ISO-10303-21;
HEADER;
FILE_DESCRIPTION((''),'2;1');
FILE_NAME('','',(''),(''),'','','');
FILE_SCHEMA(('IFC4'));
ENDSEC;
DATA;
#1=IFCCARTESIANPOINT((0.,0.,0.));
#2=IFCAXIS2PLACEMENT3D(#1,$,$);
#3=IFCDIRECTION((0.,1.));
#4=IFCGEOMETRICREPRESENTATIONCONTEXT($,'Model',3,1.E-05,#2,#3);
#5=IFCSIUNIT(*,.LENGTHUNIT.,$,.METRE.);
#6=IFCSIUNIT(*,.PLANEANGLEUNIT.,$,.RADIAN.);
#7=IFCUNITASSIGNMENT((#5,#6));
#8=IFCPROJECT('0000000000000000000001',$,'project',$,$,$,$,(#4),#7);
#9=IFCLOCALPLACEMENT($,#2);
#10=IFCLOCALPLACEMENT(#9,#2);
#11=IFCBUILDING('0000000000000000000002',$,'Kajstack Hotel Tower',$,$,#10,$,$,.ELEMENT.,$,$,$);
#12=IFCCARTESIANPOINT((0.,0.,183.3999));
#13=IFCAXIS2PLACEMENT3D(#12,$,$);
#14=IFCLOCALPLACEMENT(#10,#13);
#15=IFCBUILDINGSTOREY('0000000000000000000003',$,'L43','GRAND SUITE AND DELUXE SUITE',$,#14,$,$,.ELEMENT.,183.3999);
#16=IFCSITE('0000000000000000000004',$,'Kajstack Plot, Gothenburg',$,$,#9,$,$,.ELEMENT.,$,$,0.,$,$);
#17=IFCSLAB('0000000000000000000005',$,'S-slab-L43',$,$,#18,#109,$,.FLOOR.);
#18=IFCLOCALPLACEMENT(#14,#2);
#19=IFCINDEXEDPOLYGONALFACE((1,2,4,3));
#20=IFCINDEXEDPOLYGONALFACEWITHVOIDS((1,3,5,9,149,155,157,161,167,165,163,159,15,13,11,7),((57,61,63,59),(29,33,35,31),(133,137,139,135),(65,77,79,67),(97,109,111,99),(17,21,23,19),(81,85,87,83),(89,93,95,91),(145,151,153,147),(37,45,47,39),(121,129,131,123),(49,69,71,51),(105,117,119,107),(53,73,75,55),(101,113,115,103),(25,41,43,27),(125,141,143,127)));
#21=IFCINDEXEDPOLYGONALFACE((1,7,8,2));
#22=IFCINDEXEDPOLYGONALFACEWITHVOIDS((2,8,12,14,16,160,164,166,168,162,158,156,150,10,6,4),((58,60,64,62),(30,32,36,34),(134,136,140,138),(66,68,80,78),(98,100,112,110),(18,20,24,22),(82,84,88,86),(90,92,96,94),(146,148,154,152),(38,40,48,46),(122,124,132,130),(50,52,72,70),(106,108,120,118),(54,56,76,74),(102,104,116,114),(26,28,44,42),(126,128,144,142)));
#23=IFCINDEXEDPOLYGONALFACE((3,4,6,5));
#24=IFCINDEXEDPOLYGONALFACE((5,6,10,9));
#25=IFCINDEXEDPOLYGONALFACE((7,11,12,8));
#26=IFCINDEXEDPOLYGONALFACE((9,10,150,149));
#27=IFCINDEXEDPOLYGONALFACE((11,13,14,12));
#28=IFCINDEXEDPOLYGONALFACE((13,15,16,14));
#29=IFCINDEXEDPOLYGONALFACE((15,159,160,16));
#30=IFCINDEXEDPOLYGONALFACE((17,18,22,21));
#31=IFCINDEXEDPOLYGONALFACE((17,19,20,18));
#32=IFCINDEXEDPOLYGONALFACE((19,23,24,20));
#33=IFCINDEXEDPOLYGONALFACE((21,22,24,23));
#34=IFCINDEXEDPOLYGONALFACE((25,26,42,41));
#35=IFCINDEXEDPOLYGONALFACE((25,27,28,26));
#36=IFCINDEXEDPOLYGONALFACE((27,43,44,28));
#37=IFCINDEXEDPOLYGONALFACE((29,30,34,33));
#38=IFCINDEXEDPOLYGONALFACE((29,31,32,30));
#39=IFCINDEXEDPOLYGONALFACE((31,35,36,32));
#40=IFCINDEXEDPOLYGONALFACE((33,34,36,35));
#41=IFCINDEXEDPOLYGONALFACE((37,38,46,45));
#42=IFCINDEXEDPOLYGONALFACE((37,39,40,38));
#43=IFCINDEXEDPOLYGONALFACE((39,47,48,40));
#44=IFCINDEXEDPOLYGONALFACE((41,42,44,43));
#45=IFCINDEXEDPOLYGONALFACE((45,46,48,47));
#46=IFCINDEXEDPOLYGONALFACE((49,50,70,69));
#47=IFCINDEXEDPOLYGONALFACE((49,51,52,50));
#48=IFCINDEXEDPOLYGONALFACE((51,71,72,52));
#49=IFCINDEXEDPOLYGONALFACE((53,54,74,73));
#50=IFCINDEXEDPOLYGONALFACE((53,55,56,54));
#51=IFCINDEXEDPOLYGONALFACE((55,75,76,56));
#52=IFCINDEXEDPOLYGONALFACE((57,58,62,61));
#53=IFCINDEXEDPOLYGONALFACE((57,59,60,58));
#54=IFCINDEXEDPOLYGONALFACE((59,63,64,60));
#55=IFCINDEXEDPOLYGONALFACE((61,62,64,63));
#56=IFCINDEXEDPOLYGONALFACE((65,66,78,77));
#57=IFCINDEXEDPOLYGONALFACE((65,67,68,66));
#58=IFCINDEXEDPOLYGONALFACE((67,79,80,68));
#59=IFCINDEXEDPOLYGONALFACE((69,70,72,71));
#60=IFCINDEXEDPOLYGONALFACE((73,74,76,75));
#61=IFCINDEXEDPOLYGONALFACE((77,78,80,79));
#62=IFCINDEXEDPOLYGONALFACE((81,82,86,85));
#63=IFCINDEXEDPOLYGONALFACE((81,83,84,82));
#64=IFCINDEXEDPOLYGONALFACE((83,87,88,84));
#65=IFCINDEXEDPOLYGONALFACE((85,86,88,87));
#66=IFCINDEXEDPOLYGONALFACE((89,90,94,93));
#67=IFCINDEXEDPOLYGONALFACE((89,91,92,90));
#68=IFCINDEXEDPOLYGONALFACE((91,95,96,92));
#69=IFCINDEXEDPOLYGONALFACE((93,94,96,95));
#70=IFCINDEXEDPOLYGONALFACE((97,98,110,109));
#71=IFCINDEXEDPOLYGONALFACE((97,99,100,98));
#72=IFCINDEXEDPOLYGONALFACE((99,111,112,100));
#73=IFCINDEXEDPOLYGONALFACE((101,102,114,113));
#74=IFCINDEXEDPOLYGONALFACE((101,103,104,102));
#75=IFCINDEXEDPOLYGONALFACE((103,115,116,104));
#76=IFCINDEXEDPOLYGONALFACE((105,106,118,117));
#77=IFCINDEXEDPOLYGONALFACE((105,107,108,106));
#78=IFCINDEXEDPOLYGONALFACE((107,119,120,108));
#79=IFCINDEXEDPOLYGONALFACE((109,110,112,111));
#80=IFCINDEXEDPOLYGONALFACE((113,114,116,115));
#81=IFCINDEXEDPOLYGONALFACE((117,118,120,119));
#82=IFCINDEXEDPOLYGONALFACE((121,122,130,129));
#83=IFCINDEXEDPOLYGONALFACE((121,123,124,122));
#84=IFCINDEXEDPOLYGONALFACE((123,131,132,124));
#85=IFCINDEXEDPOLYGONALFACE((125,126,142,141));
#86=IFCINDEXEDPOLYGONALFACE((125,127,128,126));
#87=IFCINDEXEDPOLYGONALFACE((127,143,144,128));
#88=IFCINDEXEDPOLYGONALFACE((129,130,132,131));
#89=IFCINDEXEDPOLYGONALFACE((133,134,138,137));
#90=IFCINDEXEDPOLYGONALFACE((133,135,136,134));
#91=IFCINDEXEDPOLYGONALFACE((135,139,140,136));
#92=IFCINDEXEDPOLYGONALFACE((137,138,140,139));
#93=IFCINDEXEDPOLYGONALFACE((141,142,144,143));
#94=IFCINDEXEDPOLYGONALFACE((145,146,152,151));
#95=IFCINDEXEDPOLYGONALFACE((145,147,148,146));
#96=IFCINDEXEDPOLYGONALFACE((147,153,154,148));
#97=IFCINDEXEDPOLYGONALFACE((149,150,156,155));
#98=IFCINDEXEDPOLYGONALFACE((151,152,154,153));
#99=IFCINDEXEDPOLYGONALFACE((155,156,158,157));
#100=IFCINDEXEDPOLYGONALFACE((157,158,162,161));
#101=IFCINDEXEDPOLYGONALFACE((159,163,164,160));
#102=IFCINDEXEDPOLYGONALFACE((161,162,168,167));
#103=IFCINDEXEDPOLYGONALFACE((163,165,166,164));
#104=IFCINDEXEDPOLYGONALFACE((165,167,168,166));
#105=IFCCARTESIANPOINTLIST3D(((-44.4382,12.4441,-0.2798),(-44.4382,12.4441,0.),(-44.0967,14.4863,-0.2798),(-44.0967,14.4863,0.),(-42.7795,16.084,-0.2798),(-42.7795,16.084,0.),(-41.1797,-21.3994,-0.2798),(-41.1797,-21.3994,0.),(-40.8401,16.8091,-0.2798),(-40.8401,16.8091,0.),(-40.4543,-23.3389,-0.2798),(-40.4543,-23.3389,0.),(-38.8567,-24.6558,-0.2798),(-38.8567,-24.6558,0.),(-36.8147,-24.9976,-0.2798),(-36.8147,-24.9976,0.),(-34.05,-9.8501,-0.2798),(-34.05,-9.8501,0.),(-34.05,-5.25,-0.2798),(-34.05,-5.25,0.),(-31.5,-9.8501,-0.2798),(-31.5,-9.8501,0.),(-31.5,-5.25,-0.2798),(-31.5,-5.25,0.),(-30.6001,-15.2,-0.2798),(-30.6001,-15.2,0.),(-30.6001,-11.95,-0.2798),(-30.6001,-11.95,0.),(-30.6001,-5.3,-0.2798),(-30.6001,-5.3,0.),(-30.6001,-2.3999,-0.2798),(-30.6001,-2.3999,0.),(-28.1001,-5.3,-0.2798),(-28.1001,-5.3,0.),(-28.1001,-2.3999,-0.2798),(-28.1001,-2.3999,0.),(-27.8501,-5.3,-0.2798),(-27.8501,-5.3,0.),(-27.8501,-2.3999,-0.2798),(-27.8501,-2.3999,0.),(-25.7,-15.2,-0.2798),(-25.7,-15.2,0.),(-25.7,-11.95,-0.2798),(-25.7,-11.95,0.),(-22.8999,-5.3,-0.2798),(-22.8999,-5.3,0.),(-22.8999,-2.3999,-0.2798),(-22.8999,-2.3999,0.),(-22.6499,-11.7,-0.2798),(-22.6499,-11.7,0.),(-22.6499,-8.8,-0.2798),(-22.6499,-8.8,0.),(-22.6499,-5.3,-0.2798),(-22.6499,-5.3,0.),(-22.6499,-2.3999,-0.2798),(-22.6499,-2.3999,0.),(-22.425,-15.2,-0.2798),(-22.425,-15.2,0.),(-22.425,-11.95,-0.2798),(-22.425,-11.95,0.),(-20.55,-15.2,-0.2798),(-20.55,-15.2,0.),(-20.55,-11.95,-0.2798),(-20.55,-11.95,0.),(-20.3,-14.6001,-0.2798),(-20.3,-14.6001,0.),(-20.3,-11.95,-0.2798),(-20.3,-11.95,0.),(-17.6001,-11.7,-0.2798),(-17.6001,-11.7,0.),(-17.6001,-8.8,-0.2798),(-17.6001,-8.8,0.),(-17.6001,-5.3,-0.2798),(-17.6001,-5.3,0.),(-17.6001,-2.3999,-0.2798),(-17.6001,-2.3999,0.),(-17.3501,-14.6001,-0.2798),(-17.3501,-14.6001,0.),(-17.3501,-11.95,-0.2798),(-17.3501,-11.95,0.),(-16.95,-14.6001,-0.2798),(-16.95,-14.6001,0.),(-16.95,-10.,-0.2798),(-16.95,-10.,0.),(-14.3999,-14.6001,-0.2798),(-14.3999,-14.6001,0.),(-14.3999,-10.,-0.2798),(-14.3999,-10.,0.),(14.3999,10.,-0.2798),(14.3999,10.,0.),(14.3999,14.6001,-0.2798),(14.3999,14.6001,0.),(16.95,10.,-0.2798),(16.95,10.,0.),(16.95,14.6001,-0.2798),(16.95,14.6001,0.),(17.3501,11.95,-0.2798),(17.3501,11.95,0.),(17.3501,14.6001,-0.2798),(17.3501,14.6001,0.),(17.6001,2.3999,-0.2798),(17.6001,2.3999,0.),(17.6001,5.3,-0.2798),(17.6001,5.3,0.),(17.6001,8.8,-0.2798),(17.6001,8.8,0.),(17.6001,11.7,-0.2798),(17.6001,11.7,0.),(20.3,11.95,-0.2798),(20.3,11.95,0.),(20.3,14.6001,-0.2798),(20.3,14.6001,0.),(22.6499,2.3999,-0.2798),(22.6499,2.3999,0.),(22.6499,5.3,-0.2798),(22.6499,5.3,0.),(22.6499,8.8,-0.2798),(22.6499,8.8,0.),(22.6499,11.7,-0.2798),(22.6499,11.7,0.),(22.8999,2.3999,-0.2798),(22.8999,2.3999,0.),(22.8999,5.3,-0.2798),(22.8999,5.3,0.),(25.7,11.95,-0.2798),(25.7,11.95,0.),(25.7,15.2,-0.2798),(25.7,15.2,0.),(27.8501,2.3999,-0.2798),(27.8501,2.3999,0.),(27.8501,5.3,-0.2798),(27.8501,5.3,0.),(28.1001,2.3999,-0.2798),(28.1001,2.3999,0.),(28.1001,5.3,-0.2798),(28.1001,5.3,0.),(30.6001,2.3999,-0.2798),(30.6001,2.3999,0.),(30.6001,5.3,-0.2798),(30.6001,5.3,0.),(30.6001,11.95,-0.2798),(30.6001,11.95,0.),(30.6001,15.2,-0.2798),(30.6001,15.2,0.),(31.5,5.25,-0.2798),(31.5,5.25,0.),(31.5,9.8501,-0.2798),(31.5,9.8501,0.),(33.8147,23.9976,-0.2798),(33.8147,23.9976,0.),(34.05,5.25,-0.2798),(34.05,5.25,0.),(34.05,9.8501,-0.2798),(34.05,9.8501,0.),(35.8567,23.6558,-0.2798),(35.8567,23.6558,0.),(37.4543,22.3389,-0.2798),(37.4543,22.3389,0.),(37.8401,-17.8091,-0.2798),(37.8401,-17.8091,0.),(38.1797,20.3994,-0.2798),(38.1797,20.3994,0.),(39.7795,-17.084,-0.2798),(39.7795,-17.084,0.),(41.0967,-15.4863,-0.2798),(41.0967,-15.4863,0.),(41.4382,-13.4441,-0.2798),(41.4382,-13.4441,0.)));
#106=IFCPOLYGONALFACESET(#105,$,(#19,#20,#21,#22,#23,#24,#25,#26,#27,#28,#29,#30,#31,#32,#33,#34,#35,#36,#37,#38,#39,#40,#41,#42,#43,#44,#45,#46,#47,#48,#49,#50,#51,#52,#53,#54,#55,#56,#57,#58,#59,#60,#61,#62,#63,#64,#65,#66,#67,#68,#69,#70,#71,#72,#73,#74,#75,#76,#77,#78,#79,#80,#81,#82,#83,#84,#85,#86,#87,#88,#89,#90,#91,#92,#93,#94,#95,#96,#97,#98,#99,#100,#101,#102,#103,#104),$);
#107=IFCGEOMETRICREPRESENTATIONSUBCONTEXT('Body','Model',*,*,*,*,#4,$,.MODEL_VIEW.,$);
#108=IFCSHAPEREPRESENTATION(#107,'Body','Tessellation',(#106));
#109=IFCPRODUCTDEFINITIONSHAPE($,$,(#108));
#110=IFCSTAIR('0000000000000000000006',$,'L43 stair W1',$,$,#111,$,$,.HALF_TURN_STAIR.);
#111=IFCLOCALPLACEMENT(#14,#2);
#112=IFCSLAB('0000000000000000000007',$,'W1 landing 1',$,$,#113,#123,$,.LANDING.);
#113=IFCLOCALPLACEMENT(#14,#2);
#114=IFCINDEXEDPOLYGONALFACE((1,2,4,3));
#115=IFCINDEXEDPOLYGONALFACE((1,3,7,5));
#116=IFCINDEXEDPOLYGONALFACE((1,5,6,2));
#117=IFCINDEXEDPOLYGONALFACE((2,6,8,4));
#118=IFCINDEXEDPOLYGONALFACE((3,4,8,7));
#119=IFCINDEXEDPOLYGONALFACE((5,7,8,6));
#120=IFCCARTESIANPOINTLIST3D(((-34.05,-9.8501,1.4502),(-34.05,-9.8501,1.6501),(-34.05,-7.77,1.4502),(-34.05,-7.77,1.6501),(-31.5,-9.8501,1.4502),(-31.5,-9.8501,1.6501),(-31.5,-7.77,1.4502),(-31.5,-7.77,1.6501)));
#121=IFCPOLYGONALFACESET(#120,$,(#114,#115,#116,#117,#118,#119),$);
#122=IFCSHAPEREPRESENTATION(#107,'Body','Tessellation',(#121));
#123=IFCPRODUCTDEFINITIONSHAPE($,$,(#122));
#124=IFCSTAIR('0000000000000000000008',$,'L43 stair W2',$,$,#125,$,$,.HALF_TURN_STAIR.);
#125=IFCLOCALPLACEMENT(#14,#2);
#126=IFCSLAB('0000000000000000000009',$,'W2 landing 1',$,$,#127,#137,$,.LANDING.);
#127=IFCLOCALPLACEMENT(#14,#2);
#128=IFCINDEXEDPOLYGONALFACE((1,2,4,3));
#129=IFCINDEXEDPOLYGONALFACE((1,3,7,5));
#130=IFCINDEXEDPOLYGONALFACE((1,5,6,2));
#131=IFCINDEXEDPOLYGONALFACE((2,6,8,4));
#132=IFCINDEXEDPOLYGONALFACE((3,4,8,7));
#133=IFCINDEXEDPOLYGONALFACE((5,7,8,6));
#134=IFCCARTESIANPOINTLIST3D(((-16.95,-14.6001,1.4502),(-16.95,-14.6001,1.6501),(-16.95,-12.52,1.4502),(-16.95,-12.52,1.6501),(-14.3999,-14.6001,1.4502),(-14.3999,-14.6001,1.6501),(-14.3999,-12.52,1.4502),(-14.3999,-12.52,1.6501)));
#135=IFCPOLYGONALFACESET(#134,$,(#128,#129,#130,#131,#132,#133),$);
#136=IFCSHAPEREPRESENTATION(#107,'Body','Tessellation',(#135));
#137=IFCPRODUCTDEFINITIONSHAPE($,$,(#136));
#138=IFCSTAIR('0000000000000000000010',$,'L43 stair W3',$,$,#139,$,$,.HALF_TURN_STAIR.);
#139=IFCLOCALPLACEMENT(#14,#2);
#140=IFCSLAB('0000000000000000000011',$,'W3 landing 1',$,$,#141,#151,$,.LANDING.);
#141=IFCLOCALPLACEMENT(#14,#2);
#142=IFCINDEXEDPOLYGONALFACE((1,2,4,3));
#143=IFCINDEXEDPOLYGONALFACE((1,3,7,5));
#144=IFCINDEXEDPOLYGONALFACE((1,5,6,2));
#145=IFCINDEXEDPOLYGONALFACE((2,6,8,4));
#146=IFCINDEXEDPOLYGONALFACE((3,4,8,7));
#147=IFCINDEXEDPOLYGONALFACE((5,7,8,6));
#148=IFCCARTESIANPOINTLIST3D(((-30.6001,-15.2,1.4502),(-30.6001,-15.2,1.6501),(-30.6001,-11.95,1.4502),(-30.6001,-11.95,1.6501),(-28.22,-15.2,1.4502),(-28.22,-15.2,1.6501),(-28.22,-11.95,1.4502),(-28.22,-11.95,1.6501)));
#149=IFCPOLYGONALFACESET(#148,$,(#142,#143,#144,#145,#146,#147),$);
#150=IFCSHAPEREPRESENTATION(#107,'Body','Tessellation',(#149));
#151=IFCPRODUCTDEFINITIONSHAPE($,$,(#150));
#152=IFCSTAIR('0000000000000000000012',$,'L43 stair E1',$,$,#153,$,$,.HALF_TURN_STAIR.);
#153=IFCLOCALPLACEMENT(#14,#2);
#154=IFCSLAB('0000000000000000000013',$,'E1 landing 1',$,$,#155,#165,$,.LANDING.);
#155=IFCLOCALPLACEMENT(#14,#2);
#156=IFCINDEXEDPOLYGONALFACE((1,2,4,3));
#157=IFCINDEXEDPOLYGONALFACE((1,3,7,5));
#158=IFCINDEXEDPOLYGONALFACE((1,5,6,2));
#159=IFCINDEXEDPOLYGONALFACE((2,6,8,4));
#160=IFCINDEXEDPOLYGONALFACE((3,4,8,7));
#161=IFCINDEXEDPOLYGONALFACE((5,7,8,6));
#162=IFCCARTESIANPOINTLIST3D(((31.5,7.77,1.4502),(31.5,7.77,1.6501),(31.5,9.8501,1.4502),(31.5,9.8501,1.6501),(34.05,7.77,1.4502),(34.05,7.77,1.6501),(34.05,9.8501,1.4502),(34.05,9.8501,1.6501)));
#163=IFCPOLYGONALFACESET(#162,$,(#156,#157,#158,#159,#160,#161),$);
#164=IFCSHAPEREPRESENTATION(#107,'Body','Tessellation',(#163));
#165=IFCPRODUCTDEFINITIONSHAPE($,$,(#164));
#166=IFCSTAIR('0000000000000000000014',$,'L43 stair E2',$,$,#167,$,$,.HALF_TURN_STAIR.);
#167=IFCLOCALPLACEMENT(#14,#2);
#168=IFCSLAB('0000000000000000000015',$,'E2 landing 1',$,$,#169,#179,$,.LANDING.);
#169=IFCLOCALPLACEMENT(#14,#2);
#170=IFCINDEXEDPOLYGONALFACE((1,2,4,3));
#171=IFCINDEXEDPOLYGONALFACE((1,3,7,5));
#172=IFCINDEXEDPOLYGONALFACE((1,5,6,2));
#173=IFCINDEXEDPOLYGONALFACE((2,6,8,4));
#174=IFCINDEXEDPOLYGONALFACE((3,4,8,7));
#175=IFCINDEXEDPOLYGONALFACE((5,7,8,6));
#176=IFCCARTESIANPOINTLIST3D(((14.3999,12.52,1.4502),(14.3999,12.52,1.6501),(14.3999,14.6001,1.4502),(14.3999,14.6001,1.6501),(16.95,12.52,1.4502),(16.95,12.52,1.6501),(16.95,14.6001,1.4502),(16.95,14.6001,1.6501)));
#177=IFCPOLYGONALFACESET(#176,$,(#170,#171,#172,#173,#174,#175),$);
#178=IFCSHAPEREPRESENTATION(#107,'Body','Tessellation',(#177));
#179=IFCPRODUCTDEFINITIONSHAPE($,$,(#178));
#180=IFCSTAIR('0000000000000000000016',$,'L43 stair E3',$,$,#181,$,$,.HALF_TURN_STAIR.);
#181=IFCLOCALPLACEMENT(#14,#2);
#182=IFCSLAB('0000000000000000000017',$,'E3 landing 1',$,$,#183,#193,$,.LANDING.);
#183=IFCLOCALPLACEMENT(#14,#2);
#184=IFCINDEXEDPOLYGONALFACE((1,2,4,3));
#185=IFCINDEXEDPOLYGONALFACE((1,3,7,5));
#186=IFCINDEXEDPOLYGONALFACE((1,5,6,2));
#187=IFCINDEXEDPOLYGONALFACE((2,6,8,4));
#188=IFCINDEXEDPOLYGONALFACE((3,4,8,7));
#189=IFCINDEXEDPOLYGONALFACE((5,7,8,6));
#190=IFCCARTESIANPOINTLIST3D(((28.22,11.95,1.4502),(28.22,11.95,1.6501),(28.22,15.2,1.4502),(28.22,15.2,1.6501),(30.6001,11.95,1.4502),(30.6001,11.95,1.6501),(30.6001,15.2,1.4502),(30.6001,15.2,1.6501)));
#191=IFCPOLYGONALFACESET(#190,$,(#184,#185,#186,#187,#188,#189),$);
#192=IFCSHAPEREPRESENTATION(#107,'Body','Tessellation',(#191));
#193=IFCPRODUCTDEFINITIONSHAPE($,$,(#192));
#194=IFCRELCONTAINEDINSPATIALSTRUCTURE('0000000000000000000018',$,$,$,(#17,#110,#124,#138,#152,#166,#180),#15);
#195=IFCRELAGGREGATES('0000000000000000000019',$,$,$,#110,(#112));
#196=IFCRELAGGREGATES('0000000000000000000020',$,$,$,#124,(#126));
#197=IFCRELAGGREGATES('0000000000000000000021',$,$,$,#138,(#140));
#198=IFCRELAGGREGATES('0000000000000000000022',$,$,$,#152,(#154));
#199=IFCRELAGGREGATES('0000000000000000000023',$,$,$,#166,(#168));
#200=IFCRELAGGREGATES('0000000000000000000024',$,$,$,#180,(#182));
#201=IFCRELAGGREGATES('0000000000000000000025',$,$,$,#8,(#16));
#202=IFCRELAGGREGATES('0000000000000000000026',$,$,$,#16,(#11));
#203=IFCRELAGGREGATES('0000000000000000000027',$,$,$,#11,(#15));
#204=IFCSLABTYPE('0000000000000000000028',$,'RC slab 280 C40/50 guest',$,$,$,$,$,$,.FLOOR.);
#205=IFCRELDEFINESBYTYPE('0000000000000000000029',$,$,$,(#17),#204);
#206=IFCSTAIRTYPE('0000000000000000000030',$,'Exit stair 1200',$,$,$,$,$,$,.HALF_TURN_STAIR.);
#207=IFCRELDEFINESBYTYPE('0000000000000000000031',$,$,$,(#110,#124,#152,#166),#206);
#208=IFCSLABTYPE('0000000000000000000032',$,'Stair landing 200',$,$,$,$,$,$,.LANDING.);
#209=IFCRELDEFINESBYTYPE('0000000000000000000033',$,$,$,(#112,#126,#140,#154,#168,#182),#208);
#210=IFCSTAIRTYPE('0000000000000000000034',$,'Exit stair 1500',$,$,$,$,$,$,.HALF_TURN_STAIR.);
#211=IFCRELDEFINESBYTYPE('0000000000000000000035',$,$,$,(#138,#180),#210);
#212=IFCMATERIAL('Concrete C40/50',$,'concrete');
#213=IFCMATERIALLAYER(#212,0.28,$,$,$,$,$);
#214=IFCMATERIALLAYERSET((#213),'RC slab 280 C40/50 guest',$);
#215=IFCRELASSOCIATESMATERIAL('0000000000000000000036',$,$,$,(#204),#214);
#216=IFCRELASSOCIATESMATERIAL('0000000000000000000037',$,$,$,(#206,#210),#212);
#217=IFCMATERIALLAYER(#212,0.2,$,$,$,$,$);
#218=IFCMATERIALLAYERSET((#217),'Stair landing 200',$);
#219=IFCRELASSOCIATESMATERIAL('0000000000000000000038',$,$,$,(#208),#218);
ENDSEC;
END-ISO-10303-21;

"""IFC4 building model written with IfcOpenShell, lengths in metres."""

from ifc_helpers import new_model, si_unit, direction, frame, origin, place, context, subcontext, project, spatial, polyline, outline, extrude, material, layer, layer_set, type_object, element, aggregate, save


model = new_model("IFC4")

# Units and contexts
model_context = context("Model", 3, precision=1e-05, world=origin(), true_north=direction((0.0, 1.0)))
body_context = subcontext(model_context, "Body", "Model", "MODEL_VIEW")
ifc_project = project(units=[si_unit("LENGTHUNIT", "METRE"), si_unit("PLANEANGLEUNIT", "RADIAN")], contexts=[model_context])

# Site, building, storey
site_placement = place(None, origin())
site = spatial("IfcSite", under=ifc_project, at=site_placement, Name="Kajstack Plot, Gothenburg", CompositionType="ELEMENT", RefElevation=0.0)
building_placement = place(site_placement, origin())
building = spatial("IfcBuilding", under=site, at=building_placement, Name="Kajstack Hotel Tower", CompositionType="ELEMENT")
storey_placement = place(building_placement, frame((0.0, 0.0, 183.3999)))
storey = spatial("IfcBuildingStorey", under=building, at=storey_placement, Name="L43", Description="GRAND SUITE AND DELUXE SUITE", CompositionType="ELEMENT", Elevation=183.3999)

# Slab
ifc_material_1 = material(Name="Concrete C40/50", Category="concrete")
ifc_layer_1 = layer(ifc_material_1, 0.28)
ifc_layer_set_1 = layer_set([ifc_layer_1], Name="RC slab 280 C40/50 guest")
slab_type_1 = type_object("IfcSlabType", Name="RC slab 280 C40/50 guest", PredefinedType="FLOOR", material=ifc_layer_set_1)
slab_1_placement = place(storey_placement, frame((0.0, 0.0, -0.2798)))
element("IfcSlab", 1, at=slab_1_placement, inside=storey, type_object=slab_type_1, Name="S-slab-L43", PredefinedType="FLOOR", context=body_context, shape_type="SweptSolid", body=[
    extrude(outline(polyline([(-44.4382, 12.4441), (-41.1797, -21.3994), (-40.4543, -23.3389), (-38.8567, -24.6558), (-36.8147, -24.9976), (37.8401, -17.8091), (39.7795, -17.084), (41.0967, -15.4863), (41.4382, -13.4441), (38.1797, 20.3994), (37.4543, 22.3389), (35.8567, 23.6558), (33.8147, 23.9976), (-40.8401, 16.8091), (-42.7795, 16.084), (-44.0967, 14.4863), (-44.4382, 12.4441)]), holes=[polyline([(-22.6499, -11.7), (-22.6499, -8.8), (-17.6001, -8.8), (-17.6001, -11.7), (-22.6499, -11.7)]), polyline([(-27.8501, -5.3), (-27.8501, -2.3999), (-22.8999, -2.3999), (-22.8999, -5.3), (-27.8501, -5.3)]), polyline([(-22.6499, -5.3), (-22.6499, -2.3999), (-17.6001, -2.3999), (-17.6001, -5.3), (-22.6499, -5.3)]), polyline([(-20.3, -14.6001), (-17.3501, -14.6001), (-17.3501, -11.95), (-20.3, -11.95), (-20.3, -14.6001)]), polyline([(-30.6001, -5.3), (-28.1001, -5.3), (-28.1001, -2.3999), (-30.6001, -2.3999), (-30.6001, -5.3)]), polyline([(17.6001, 8.8), (17.6001, 11.7), (22.6499, 11.7), (22.6499, 8.8), (17.6001, 8.8)]), polyline([(22.8999, 2.3999), (22.8999, 5.3), (27.8501, 5.3), (27.8501, 2.3999), (22.8999, 2.3999)]), polyline([(17.6001, 2.3999), (17.6001, 5.3), (22.6499, 5.3), (22.6499, 2.3999), (17.6001, 2.3999)]), polyline([(20.3, 14.6001), (17.3501, 14.6001), (17.3501, 11.95), (20.3, 11.95), (20.3, 14.6001)]), polyline([(30.6001, 5.3), (28.1001, 5.3), (28.1001, 2.3999), (30.6001, 2.3999), (30.6001, 5.3)]), polyline([(-34.05, -9.8501), (-31.5, -9.8501), (-31.5, -5.25), (-34.05, -5.25), (-34.05, -9.8501)]), polyline([(-16.95, -14.6001), (-14.3999, -14.6001), (-14.3999, -10.0), (-16.95, -10.0), (-16.95, -14.6001)]), polyline([(-30.6001, -15.2), (-25.7, -15.2), (-25.7, -11.95), (-30.6001, -11.95), (-30.6001, -15.2)]), polyline([(34.05, 9.8501), (31.5, 9.8501), (31.5, 5.25), (34.05, 5.25), (34.05, 9.8501)]), polyline([(16.95, 14.6001), (14.3999, 14.6001), (14.3999, 10.0), (16.95, 10.0), (16.95, 14.6001)]), polyline([(30.6001, 15.2), (25.7, 15.2), (25.7, 11.95), (30.6001, 11.95), (30.6001, 15.2)]), polyline([(-22.425, -15.2), (-22.425, -11.95), (-20.55, -11.95), (-20.55, -15.2), (-22.425, -15.2)])]), origin(), (0.0, 0.0, 1.0), 0.2798),
])

# Stairs, slabs
stair_type_1 = type_object("IfcStairType", Name="Exit stair 1200", PredefinedType="HALF_TURN_STAIR", material=ifc_material_1)
stair_1_placement = place(storey_placement, origin())
stair_1 = element("IfcStair", 2, at=stair_1_placement, inside=storey, type_object=stair_type_1, Name="L43 stair W1", PredefinedType="HALF_TURN_STAIR")
ifc_layer_2 = layer(ifc_material_1, 0.2)
ifc_layer_set_2 = layer_set([ifc_layer_2], Name="Stair landing 200")
slab_type_2 = type_object("IfcSlabType", Name="Stair landing 200", PredefinedType="LANDING", material=ifc_layer_set_2)
slab_2_placement = place(storey_placement, frame((0.0, 0.0, 1.4502)))
slab_2 = element("IfcSlab", 3, at=slab_2_placement, type_object=slab_type_2, Name="W1 landing 1", PredefinedType="LANDING", context=body_context, shape_type="SweptSolid", body=[
    extrude(outline(polyline([(-34.05, -7.77), (-34.05, -9.8501), (-31.5, -9.8501), (-31.5, -7.77), (-34.05, -7.77)])), origin(), (0.0, 0.0, 1.0), 0.2),
])
aggregate(stair_1, [slab_2])
stair_2_placement = place(storey_placement, origin())
stair_2 = element("IfcStair", 4, at=stair_2_placement, inside=storey, type_object=stair_type_1, Name="L43 stair W2", PredefinedType="HALF_TURN_STAIR")
slab_3_placement = place(storey_placement, frame((0.0, 0.0, 1.4502)))
slab_3 = element("IfcSlab", 5, at=slab_3_placement, type_object=slab_type_2, Name="W2 landing 1", PredefinedType="LANDING", context=body_context, shape_type="SweptSolid", body=[
    extrude(outline(polyline([(-16.95, -12.52), (-16.95, -14.6001), (-14.3999, -14.6001), (-14.3999, -12.52), (-16.95, -12.52)])), origin(), (0.0, 0.0, 1.0), 0.2),
])
aggregate(stair_2, [slab_3])
stair_type_2 = type_object("IfcStairType", Name="Exit stair 1500", PredefinedType="HALF_TURN_STAIR", material=ifc_material_1)
stair_3_placement = place(storey_placement, origin())
stair_3 = element("IfcStair", 6, at=stair_3_placement, inside=storey, type_object=stair_type_2, Name="L43 stair W3", PredefinedType="HALF_TURN_STAIR")
slab_4_placement = place(storey_placement, frame((0.0, 0.0, 1.4502)))
slab_4 = element("IfcSlab", 7, at=slab_4_placement, type_object=slab_type_2, Name="W3 landing 1", PredefinedType="LANDING", context=body_context, shape_type="SweptSolid", body=[
    extrude(outline(polyline([(-28.22, -11.95), (-30.6001, -11.95), (-30.6001, -15.2), (-28.22, -15.2), (-28.22, -11.95)])), origin(), (0.0, 0.0, 1.0), 0.2),
])
aggregate(stair_3, [slab_4])
stair_4_placement = place(storey_placement, origin())
stair_4 = element("IfcStair", 8, at=stair_4_placement, inside=storey, type_object=stair_type_1, Name="L43 stair E1", PredefinedType="HALF_TURN_STAIR")
slab_5_placement = place(storey_placement, frame((0.0, 0.0, 1.4502)))
slab_5 = element("IfcSlab", 9, at=slab_5_placement, type_object=slab_type_2, Name="E1 landing 1", PredefinedType="LANDING", context=body_context, shape_type="SweptSolid", body=[
    extrude(outline(polyline([(34.05, 7.77), (34.05, 9.8501), (31.5, 9.8501), (31.5, 7.77), (34.05, 7.77)])), origin(), (0.0, 0.0, 1.0), 0.2),
])
aggregate(stair_4, [slab_5])
stair_5_placement = place(storey_placement, origin())
stair_5 = element("IfcStair", 10, at=stair_5_placement, inside=storey, type_object=stair_type_1, Name="L43 stair E2", PredefinedType="HALF_TURN_STAIR")
slab_6_placement = place(storey_placement, frame((0.0, 0.0, 1.4502)))
slab_6 = element("IfcSlab", 11, at=slab_6_placement, type_object=slab_type_2, Name="E2 landing 1", PredefinedType="LANDING", context=body_context, shape_type="SweptSolid", body=[
    extrude(outline(polyline([(16.95, 12.52), (16.95, 14.6001), (14.3999, 14.6001), (14.3999, 12.52), (16.95, 12.52)])), origin(), (0.0, 0.0, 1.0), 0.2),
])
aggregate(stair_5, [slab_6])
stair_6_placement = place(storey_placement, origin())
stair_6 = element("IfcStair", 12, at=stair_6_placement, inside=storey, type_object=stair_type_2, Name="L43 stair E3", PredefinedType="HALF_TURN_STAIR")
slab_7_placement = place(storey_placement, frame((0.0, 0.0, 1.4502)))
slab_7 = element("IfcSlab", 13, at=slab_7_placement, type_object=slab_type_2, Name="E3 landing 1", PredefinedType="LANDING", context=body_context, shape_type="SweptSolid", body=[
    extrude(outline(polyline([(28.22, 11.95), (30.6001, 11.95), (30.6001, 15.2), (28.22, 15.2), (28.22, 11.95)])), origin(), (0.0, 0.0, 1.0), 0.2),
])
aggregate(stair_6, [slab_7])

save(model, "model.ifc")
